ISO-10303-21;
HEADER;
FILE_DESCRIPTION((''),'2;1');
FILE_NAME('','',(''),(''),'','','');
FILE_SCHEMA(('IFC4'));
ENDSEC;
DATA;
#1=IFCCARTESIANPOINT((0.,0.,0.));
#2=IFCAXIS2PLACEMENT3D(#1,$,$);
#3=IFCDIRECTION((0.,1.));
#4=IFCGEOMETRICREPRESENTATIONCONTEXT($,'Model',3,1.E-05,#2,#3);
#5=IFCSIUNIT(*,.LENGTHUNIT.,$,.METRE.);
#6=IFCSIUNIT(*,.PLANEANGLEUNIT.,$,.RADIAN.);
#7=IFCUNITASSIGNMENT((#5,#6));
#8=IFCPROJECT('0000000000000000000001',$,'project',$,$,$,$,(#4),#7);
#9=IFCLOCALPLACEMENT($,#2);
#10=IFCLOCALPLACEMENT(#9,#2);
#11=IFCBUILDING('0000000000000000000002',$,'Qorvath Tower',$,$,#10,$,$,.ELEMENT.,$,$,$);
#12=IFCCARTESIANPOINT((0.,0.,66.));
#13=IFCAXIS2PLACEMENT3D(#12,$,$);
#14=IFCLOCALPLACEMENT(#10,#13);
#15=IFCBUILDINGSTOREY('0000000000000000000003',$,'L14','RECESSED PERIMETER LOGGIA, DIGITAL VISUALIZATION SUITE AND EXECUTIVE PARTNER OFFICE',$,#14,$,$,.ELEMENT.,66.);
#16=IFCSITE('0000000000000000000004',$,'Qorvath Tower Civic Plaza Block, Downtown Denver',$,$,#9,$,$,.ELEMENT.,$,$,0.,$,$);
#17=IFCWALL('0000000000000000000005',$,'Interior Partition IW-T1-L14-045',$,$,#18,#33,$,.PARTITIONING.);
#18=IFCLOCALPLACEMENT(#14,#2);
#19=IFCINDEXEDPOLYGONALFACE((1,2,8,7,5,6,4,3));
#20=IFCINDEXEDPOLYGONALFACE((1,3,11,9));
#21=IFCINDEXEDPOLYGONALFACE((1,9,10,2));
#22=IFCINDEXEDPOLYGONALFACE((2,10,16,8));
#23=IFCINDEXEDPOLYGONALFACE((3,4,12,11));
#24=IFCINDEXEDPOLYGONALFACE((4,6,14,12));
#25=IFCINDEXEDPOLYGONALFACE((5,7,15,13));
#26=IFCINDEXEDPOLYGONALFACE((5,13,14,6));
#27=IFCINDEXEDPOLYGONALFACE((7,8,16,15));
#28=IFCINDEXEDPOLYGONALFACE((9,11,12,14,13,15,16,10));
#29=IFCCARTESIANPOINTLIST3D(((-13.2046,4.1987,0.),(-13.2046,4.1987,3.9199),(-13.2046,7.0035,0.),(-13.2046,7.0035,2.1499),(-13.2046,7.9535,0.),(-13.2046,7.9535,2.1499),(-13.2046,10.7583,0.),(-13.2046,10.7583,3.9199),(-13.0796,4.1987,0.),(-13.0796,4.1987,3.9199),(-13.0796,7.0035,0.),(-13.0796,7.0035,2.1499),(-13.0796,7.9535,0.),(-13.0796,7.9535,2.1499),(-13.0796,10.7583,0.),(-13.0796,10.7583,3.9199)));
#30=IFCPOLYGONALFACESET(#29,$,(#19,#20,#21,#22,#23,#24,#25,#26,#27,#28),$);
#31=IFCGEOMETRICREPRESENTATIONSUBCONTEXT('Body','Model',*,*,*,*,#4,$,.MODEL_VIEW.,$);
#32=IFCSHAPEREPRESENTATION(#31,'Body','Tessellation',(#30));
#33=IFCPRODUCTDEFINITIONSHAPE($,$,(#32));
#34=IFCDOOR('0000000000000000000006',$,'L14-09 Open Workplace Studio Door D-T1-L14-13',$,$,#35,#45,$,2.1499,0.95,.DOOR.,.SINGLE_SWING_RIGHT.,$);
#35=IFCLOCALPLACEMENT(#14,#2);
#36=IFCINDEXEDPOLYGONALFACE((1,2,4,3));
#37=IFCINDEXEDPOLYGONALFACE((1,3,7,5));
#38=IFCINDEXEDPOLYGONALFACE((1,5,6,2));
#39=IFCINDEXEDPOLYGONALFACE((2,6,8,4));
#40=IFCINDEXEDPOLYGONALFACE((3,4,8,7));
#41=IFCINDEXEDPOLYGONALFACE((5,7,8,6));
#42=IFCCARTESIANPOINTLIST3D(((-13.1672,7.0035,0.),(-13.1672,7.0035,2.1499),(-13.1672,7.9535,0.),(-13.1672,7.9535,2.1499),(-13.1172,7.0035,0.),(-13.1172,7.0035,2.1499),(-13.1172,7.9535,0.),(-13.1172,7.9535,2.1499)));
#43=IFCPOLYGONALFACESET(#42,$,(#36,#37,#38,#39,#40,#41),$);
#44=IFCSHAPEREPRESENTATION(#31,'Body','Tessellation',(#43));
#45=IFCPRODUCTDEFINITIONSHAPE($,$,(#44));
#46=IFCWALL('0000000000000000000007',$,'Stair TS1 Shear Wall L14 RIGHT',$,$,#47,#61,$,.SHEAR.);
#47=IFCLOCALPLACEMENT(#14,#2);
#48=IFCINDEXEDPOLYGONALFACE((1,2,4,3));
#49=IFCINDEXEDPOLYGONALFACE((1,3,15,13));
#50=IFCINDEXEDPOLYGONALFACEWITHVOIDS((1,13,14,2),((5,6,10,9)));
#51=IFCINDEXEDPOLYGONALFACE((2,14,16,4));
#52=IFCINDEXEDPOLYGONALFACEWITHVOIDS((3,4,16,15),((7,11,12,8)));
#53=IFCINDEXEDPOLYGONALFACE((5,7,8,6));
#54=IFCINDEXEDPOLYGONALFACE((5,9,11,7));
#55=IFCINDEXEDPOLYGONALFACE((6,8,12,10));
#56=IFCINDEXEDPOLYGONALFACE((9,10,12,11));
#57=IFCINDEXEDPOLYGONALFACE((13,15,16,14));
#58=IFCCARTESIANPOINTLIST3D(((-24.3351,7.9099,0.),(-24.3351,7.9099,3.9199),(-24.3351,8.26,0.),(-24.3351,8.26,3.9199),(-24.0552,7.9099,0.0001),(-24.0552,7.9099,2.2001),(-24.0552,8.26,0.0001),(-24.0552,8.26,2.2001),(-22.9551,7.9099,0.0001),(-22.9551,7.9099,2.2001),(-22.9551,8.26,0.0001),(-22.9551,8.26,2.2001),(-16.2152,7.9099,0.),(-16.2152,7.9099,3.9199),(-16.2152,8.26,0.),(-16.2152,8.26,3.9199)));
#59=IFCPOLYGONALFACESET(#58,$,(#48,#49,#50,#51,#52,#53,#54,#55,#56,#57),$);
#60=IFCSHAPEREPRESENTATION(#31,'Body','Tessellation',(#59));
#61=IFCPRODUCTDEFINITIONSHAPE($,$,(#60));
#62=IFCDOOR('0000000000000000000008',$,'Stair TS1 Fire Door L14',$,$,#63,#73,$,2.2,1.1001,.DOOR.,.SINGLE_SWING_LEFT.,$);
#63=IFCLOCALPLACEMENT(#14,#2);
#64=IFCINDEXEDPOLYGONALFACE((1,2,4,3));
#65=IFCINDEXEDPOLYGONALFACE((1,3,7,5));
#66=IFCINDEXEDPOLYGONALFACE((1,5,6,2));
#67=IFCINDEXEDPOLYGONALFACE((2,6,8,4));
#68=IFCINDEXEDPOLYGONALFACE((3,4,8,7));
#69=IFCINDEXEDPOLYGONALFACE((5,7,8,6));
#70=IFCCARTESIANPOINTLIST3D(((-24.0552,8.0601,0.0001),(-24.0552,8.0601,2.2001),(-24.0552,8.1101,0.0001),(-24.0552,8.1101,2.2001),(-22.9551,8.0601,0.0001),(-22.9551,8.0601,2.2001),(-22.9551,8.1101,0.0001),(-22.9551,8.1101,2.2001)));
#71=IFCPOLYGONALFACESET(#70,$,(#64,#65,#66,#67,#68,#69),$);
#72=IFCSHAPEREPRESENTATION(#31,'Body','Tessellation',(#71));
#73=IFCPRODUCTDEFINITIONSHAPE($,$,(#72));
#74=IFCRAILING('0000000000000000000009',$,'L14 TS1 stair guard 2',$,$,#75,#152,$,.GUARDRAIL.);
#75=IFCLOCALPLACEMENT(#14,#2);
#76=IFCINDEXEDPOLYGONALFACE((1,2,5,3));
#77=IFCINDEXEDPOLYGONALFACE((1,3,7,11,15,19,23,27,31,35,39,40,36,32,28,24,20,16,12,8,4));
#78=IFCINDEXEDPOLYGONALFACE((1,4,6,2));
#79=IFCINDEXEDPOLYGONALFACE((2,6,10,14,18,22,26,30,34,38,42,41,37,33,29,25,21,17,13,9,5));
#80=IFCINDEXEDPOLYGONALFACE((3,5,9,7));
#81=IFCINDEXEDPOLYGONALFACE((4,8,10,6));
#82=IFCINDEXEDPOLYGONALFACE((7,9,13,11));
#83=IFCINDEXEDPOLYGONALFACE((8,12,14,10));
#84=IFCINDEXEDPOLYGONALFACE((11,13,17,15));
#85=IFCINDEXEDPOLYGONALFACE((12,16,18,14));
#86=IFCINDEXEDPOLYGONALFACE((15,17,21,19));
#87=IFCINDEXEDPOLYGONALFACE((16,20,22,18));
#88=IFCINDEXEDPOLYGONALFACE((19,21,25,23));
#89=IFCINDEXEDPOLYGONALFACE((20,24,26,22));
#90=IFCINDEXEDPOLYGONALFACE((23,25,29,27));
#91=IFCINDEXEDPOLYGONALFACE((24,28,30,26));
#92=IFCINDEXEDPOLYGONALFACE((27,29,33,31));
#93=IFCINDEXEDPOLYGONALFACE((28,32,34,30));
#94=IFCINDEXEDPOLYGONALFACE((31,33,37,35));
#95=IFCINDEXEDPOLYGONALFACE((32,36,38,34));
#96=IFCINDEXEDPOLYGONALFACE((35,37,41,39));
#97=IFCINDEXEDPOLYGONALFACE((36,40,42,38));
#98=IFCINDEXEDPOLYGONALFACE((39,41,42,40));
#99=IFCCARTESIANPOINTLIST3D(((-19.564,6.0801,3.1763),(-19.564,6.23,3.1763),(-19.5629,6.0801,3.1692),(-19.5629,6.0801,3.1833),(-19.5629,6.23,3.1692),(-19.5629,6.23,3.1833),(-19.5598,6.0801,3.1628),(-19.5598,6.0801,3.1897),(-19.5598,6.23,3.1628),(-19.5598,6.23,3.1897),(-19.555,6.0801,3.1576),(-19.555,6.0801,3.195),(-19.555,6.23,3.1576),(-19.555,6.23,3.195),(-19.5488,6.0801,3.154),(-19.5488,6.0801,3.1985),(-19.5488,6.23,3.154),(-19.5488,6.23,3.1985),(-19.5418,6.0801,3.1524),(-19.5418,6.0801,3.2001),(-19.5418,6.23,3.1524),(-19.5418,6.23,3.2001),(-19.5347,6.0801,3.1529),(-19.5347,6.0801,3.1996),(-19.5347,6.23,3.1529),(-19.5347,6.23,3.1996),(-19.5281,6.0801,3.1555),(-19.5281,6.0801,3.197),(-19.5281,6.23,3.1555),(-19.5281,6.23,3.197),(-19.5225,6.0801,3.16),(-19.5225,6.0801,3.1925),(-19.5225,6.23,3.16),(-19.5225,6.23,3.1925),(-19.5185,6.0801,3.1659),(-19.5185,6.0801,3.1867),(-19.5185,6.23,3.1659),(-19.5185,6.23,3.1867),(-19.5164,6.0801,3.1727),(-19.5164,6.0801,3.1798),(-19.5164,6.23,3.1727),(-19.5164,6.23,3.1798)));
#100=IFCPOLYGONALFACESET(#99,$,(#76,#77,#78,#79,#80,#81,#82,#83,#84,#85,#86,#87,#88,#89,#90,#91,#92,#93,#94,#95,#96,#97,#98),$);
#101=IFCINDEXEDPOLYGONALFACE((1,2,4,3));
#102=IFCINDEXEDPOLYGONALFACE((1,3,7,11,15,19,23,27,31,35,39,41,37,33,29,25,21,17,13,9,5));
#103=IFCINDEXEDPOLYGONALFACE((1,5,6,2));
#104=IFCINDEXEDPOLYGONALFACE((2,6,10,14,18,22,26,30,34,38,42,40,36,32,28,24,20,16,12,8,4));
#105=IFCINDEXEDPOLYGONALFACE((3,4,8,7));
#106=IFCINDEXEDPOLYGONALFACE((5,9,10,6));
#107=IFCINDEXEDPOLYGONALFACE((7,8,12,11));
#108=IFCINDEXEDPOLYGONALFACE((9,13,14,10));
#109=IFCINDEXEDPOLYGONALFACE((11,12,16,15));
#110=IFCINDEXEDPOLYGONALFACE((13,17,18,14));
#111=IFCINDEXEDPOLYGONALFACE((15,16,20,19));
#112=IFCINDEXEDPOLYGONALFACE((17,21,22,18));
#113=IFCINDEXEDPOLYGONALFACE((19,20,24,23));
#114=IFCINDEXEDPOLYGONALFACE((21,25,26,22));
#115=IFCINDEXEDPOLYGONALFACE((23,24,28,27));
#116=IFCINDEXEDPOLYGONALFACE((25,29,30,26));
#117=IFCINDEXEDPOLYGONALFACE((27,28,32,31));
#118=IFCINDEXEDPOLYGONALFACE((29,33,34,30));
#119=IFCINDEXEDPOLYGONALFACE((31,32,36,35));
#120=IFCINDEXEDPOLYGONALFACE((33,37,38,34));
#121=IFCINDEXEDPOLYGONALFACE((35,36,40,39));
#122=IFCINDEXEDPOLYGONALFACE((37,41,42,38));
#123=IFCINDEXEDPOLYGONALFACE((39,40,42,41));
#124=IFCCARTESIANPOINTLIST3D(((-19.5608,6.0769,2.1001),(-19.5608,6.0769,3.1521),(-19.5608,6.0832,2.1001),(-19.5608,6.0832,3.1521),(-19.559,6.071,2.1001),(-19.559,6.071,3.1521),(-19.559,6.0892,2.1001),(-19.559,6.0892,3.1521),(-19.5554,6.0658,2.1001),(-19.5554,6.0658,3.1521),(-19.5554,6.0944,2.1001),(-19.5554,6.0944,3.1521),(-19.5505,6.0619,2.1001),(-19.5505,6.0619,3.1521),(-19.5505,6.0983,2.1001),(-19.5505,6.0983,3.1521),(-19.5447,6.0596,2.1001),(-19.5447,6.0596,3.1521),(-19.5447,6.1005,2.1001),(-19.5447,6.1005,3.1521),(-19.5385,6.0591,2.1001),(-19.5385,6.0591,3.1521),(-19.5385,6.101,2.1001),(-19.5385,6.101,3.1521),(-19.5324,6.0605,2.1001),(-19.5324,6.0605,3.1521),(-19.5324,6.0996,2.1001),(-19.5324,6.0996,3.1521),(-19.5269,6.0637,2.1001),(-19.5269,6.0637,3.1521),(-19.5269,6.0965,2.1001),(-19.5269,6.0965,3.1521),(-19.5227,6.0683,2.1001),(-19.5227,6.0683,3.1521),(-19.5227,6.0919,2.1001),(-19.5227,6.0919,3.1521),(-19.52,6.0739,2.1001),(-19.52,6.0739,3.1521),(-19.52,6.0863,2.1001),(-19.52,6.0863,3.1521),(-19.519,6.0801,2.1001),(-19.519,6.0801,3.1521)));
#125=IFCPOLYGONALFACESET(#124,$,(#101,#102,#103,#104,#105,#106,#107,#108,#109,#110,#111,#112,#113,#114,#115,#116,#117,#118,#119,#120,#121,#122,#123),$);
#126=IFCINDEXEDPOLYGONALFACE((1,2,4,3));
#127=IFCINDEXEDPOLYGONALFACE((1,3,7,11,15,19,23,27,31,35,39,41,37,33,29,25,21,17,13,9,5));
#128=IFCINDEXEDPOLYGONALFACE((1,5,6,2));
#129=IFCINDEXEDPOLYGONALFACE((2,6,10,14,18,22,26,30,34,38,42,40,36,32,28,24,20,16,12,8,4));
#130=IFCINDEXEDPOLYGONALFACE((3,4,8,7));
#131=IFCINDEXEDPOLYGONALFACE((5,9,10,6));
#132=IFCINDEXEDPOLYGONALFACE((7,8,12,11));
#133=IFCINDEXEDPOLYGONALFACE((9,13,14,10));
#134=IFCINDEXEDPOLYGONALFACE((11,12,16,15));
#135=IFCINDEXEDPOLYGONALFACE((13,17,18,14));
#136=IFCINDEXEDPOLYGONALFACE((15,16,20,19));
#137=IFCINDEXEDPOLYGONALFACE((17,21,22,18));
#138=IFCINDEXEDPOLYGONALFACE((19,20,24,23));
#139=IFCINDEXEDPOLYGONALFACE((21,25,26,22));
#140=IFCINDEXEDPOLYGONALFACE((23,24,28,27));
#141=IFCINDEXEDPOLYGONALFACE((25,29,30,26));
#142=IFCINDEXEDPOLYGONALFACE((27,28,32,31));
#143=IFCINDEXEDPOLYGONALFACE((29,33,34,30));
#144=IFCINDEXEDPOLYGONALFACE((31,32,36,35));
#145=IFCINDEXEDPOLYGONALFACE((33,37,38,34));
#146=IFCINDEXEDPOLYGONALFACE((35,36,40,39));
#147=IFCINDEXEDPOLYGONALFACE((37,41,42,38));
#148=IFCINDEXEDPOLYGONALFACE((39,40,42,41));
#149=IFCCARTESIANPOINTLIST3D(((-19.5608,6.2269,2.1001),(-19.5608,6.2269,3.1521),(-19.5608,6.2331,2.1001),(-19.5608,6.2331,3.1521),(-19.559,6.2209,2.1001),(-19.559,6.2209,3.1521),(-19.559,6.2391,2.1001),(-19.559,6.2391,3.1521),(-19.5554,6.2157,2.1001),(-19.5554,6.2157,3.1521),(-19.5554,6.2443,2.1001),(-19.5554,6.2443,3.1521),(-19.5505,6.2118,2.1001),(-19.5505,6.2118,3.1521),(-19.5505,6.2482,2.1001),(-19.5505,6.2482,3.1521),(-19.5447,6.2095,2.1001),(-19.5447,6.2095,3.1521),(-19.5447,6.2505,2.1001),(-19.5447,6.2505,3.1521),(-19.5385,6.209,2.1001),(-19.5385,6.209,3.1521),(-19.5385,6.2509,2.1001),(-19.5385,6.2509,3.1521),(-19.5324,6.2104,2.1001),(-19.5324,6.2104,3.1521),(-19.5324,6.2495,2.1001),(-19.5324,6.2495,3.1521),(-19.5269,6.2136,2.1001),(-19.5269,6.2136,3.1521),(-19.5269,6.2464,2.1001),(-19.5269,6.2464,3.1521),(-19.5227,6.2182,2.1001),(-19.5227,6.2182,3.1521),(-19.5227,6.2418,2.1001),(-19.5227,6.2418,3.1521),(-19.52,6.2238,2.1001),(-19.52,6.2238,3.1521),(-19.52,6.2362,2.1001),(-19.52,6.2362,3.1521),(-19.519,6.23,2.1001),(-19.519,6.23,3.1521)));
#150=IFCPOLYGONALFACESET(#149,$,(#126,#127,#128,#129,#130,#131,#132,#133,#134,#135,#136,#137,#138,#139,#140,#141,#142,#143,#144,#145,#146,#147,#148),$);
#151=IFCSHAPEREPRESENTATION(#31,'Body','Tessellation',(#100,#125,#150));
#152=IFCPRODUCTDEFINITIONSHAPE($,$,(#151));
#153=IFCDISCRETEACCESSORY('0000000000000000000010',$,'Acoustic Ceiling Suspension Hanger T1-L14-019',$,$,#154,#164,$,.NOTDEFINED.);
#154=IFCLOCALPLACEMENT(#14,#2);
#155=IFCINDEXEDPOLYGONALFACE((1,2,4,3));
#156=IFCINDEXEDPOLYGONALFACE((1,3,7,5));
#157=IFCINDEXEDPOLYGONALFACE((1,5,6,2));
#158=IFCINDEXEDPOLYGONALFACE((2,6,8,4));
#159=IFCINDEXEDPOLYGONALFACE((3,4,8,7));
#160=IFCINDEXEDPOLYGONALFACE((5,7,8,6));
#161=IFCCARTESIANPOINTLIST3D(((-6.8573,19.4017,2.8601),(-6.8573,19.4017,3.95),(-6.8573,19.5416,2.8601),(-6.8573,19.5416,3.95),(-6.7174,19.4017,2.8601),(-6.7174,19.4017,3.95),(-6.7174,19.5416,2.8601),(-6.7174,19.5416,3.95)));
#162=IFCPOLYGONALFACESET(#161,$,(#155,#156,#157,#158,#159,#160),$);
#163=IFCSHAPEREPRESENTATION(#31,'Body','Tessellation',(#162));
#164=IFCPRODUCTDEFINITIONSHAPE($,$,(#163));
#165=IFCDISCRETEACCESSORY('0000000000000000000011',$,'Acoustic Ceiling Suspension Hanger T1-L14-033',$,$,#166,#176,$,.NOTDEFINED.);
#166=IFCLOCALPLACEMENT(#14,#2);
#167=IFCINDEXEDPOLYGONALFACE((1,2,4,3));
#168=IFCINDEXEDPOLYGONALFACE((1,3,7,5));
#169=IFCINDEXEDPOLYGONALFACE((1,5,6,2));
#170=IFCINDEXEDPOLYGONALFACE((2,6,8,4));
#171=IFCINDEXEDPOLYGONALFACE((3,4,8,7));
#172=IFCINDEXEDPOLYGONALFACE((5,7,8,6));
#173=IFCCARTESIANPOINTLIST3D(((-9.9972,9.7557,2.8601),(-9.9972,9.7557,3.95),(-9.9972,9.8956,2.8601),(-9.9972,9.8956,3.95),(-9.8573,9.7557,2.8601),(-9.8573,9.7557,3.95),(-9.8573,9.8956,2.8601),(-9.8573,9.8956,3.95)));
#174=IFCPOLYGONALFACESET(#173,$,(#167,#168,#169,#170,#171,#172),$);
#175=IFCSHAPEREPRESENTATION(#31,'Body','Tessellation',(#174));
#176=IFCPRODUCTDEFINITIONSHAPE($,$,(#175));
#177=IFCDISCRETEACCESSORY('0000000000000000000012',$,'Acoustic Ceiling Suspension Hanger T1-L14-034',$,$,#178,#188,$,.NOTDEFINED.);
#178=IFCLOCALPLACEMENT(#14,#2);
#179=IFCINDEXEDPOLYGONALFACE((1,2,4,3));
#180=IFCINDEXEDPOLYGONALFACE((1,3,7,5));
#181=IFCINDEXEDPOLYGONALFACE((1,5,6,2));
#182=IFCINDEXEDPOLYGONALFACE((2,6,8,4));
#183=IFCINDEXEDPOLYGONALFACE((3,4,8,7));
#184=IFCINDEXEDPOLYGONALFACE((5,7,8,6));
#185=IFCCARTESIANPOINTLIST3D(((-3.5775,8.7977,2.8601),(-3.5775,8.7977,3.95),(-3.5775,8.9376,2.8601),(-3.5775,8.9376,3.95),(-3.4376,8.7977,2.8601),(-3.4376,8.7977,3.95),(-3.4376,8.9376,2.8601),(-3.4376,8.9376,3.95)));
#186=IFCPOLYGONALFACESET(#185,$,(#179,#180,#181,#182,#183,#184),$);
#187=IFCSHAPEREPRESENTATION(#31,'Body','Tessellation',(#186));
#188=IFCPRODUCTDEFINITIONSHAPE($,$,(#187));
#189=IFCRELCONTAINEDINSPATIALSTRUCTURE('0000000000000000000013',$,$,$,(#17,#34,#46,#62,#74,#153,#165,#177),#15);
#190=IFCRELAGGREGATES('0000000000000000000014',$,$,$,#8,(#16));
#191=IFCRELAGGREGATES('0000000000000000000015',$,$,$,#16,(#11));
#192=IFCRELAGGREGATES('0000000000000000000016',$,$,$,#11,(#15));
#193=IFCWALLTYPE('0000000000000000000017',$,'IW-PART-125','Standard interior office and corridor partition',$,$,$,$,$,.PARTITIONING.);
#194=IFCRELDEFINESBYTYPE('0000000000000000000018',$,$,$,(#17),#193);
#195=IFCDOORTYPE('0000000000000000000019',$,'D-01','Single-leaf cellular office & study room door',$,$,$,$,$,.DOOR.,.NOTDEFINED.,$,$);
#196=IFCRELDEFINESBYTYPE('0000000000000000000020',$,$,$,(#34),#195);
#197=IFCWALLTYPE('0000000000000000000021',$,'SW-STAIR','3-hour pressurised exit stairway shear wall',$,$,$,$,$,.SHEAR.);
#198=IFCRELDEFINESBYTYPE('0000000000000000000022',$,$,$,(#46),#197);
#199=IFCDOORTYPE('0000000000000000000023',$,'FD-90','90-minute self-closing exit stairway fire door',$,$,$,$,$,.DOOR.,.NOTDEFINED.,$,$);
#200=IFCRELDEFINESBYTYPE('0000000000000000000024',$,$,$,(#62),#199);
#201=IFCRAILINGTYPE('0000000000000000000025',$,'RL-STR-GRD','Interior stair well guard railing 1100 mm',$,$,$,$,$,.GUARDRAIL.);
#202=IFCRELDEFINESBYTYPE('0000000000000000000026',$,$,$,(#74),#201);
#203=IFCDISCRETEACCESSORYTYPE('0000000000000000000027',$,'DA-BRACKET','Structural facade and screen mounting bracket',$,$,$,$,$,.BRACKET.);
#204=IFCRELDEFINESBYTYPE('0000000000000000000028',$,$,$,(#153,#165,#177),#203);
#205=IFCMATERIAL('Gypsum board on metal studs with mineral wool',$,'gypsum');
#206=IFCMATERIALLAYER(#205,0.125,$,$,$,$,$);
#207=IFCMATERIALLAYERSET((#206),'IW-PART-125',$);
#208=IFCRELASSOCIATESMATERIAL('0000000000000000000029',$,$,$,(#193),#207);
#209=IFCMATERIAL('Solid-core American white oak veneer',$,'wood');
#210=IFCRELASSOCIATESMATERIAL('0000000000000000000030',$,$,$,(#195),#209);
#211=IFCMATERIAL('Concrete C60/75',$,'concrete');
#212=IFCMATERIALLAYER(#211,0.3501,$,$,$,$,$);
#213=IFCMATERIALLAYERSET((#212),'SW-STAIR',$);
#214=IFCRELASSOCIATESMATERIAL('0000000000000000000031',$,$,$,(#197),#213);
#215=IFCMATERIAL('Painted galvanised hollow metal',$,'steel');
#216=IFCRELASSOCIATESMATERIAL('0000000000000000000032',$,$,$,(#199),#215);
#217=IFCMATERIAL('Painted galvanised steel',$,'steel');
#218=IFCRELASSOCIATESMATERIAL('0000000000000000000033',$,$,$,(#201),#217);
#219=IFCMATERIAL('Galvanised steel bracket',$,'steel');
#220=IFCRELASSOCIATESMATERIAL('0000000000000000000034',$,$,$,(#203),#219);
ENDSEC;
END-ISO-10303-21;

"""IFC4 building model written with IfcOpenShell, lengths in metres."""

from ifc_helpers import new_model, si_unit, direction, frame, frame_2d, origin, origin_2d, place, context, subcontext, project, spatial, rectangle, circle, extrude, material, layer, layer_set, type_object, element, fill, save


model = new_model("IFC4")

# Units and contexts
model_context = context("Model", 3, precision=1e-05, world=origin(), true_north=direction((0.0, 1.0)))
body_context = subcontext(model_context, "Body", "Model", "MODEL_VIEW")
ifc_project = project(units=[si_unit("LENGTHUNIT", "METRE"), si_unit("PLANEANGLEUNIT", "RADIAN")], contexts=[model_context])

# Site, building, storey
site_placement = place(None, origin())
site = spatial("IfcSite", under=ifc_project, at=site_placement, Name="Qorvath Tower Civic Plaza Block, Downtown Denver", CompositionType="ELEMENT", RefElevation=0.0)
building_placement = place(site_placement, origin())
building = spatial("IfcBuilding", under=site, at=building_placement, Name="Qorvath Tower", CompositionType="ELEMENT")
storey_placement = place(building_placement, frame((0.0, 0.0, 66.0)))
storey = spatial("IfcBuildingStorey", under=building, at=storey_placement, Name="L14", Description="RECESSED PERIMETER LOGGIA, DIGITAL VISUALIZATION SUITE AND EXECUTIVE PARTNER OFFICE", CompositionType="ELEMENT", Elevation=66.0)

# Shared definitions
ifc_material_1 = material(Name="Gypsum board on metal studs with mineral wool", Category="gypsum")
ifc_layer_1 = layer(ifc_material_1, 0.125)
ifc_layer_set_1 = layer_set([ifc_layer_1], Name="IW-PART-125")
wall_type_1 = type_object("IfcWallType", Name="IW-PART-125", Description="Standard interior office and corridor partition", PredefinedType="PARTITIONING", material=ifc_layer_set_1)

# Shared definitions
ifc_material_2 = material(Name="Solid-core American white oak veneer", Category="wood")
door_type_1 = type_object("IfcDoorType", Name="D-01", Description="Single-leaf cellular office & study room door", OperationType="NOTDEFINED", PredefinedType="DOOR", material=ifc_material_2)

# Walls, openings, doors
wall_1_placement = place(storey_placement, frame((-13.1421, 10.7583, 0.0), z_axis=(0.0, 0.0, 1.0), x_axis=(0.0, -1.0, 0.0)))
wall_1 = element("IfcWall", 1, at=wall_1_placement, inside=storey, type_object=wall_type_1, Name="Interior Partition IW-T1-L14-045", PredefinedType="PARTITIONING", context=body_context, shape_type="SweptSolid", body=[
    extrude(rectangle(XDim=6.5596, YDim=0.125, at=frame_2d((3.2798, 0.0))), origin(), (0.0, 0.0, 1.0), 3.9199),
])
opening_1_placement = place(wall_1_placement, frame((2.8047, 0.0, 0.0)))
opening_1 = element("IfcOpeningElement", 2, at=opening_1_placement, cuts=wall_1, PredefinedType="OPENING", context=body_context, shape_type="SweptSolid", body=[
    extrude(rectangle(XDim=0.95, YDim=2.1499, at=frame_2d((0.4751, 1.075))), frame((0.0, 0.0725, 0.0), z_axis=(0.0, -1.0, 0.0), x_axis=(1.0, 0.0, 0.0)), (0.0, 0.0, 1.0), 0.145),
])
door_1_placement = place(opening_1_placement, origin())
door_1 = element("IfcDoor", 3, at=door_1_placement, inside=storey, type_object=door_type_1, Name="L14-09 Open Workplace Studio Door D-T1-L14-13", OperationType="SINGLE_SWING_RIGHT", OverallHeight=2.1499, OverallWidth=0.95, PredefinedType="DOOR", context=body_context, shape_type="SweptSolid", body=[
    extrude(rectangle(XDim=0.95, YDim=2.1499, at=frame_2d((0.4751, 1.075))), frame((0.0, 0.0249, 0.0), z_axis=(0.0, -1.0, 0.0), x_axis=(1.0, 0.0, 0.0)), (0.0, 0.0, 1.0), 0.05),
])
fill(opening_1, door_1)
ifc_material_3 = material(Name="Concrete C60/75", Category="concrete")
ifc_layer_2 = layer(ifc_material_3, 0.3501)
ifc_layer_set_2 = layer_set([ifc_layer_2], Name="SW-STAIR")
wall_type_2 = type_object("IfcWallType", Name="SW-STAIR", Description="3-hour pressurised exit stairway shear wall", PredefinedType="SHEAR", material=ifc_layer_set_2)
wall_2_placement = place(storey_placement, frame((-16.2151, 8.085, 0.0), z_axis=(0.0, 0.0, 1.0), x_axis=(-1.0, 0.0, 0.0)))
wall_2 = element("IfcWall", 4, at=wall_2_placement, inside=storey, type_object=wall_type_2, Name="Stair TS1 Shear Wall L14 RIGHT", PredefinedType="SHEAR", context=body_context, shape_type="SweptSolid", body=[
    extrude(rectangle(XDim=8.1199, YDim=0.3501, at=frame_2d((4.0601, 0.0))), origin(), (0.0, 0.0, 1.0), 3.9199),
])
opening_2_placement = place(wall_2_placement, frame((6.74, 0.0, 0.0)))
opening_2 = element("IfcOpeningElement", 5, at=opening_2_placement, cuts=wall_2, PredefinedType="OPENING", context=body_context, shape_type="SweptSolid", body=[
    extrude(rectangle(XDim=1.1001, YDim=2.2, at=frame_2d((0.55, 1.1001))), frame((0.0, 0.1851, 0.0), z_axis=(0.0, -1.0, 0.0), x_axis=(1.0, 0.0, 0.0)), (0.0, 0.0, 1.0), 0.3701),
])
ifc_material_4 = material(Name="Painted galvanised hollow metal", Category="steel")
door_type_2 = type_object("IfcDoorType", Name="FD-90", Description="90-minute self-closing exit stairway fire door", OperationType="NOTDEFINED", PredefinedType="DOOR", material=ifc_material_4)
door_2_placement = place(opening_2_placement, origin())
door_2 = element("IfcDoor", 6, at=door_2_placement, inside=storey, type_object=door_type_2, Name="Stair TS1 Fire Door L14", OperationType="SINGLE_SWING_LEFT", OverallHeight=2.2, OverallWidth=1.1001, PredefinedType="DOOR", context=body_context, shape_type="SweptSolid", body=[
    extrude(rectangle(XDim=1.1001, YDim=2.2, at=frame_2d((0.55, 1.1001))), frame((0.0, 0.0249, 0.0), z_axis=(0.0, -1.0, 0.0), x_axis=(1.0, 0.0, 0.0)), (0.0, 0.0, 1.0), 0.05),
])
fill(opening_2, door_2)

# Railing
ifc_material_5 = material(Name="Painted galvanised steel", Category="steel")
railing_type = type_object("IfcRailingType", Name="RL-STR-GRD", Description="Interior stair well guard railing 1100 mm", PredefinedType="GUARDRAIL", material=ifc_material_5)
railing_placement = place(storey_placement, frame((-19.54, 6.0801, 2.1001)))
element("IfcRailing", 7, at=railing_placement, inside=storey, type_object=railing_type, Name="L14 TS1 stair guard 2", PredefinedType="GUARDRAIL", context=body_context, shape_type="SweptSolid", body=[
    extrude(circle(Radius=0.0239, at=origin_2d()), frame((0.0, 0.0, 1.0762), z_axis=(0.0, 1.0, 0.0), x_axis=(-1.0, 0.0, 0.0)), (0.0, 0.0, 1.0), 0.1499),
    extrude(circle(Radius=0.021, at=origin_2d()), origin(), (0.0, 0.0, 1.0), 1.052),
    extrude(circle(Radius=0.021, at=origin_2d()), frame((0.0, 0.1499, 0.0)), (0.0, 0.0, 1.0), 1.052),
])

# Discrete accessories
ifc_material_6 = material(Name="Galvanised steel bracket", Category="steel")
discrete_accessory_type = type_object("IfcDiscreteAccessoryType", Name="DA-BRACKET", Description="Structural facade and screen mounting bracket", PredefinedType="BRACKET", material=ifc_material_6)
for number, where, z_axis, x_axis, name in (
    (8, (-6.7874, 19.4717, 2.8601), (0.0, 0.0, 1.0), (1.0, 0.0, 0.0), "Acoustic Ceiling Suspension Hanger T1-L14-019"),
    (9, (-9.9272, 9.8257, 2.8601), (0.0, 0.0, 1.0), (1.0, 0.0, 0.0), "Acoustic Ceiling Suspension Hanger T1-L14-033"),
    (10, (-3.5076, 8.8677, 2.8601), (0.0, 0.0, 1.0), (1.0, 0.0, 0.0), "Acoustic Ceiling Suspension Hanger T1-L14-034"),
):
    element("IfcDiscreteAccessory", number, at=place(storey_placement, frame(where, z_axis=z_axis, x_axis=x_axis)), inside=storey, type_object=discrete_accessory_type, Name=name, PredefinedType="NOTDEFINED", context=body_context, shape_type="SweptSolid", body=[
        extrude(rectangle(XDim=0.1399, YDim=0.1399, at=origin_2d()), origin(), (0.0, 0.0, 1.0), 1.0898),
    ])

save(model, "model.ifc")
